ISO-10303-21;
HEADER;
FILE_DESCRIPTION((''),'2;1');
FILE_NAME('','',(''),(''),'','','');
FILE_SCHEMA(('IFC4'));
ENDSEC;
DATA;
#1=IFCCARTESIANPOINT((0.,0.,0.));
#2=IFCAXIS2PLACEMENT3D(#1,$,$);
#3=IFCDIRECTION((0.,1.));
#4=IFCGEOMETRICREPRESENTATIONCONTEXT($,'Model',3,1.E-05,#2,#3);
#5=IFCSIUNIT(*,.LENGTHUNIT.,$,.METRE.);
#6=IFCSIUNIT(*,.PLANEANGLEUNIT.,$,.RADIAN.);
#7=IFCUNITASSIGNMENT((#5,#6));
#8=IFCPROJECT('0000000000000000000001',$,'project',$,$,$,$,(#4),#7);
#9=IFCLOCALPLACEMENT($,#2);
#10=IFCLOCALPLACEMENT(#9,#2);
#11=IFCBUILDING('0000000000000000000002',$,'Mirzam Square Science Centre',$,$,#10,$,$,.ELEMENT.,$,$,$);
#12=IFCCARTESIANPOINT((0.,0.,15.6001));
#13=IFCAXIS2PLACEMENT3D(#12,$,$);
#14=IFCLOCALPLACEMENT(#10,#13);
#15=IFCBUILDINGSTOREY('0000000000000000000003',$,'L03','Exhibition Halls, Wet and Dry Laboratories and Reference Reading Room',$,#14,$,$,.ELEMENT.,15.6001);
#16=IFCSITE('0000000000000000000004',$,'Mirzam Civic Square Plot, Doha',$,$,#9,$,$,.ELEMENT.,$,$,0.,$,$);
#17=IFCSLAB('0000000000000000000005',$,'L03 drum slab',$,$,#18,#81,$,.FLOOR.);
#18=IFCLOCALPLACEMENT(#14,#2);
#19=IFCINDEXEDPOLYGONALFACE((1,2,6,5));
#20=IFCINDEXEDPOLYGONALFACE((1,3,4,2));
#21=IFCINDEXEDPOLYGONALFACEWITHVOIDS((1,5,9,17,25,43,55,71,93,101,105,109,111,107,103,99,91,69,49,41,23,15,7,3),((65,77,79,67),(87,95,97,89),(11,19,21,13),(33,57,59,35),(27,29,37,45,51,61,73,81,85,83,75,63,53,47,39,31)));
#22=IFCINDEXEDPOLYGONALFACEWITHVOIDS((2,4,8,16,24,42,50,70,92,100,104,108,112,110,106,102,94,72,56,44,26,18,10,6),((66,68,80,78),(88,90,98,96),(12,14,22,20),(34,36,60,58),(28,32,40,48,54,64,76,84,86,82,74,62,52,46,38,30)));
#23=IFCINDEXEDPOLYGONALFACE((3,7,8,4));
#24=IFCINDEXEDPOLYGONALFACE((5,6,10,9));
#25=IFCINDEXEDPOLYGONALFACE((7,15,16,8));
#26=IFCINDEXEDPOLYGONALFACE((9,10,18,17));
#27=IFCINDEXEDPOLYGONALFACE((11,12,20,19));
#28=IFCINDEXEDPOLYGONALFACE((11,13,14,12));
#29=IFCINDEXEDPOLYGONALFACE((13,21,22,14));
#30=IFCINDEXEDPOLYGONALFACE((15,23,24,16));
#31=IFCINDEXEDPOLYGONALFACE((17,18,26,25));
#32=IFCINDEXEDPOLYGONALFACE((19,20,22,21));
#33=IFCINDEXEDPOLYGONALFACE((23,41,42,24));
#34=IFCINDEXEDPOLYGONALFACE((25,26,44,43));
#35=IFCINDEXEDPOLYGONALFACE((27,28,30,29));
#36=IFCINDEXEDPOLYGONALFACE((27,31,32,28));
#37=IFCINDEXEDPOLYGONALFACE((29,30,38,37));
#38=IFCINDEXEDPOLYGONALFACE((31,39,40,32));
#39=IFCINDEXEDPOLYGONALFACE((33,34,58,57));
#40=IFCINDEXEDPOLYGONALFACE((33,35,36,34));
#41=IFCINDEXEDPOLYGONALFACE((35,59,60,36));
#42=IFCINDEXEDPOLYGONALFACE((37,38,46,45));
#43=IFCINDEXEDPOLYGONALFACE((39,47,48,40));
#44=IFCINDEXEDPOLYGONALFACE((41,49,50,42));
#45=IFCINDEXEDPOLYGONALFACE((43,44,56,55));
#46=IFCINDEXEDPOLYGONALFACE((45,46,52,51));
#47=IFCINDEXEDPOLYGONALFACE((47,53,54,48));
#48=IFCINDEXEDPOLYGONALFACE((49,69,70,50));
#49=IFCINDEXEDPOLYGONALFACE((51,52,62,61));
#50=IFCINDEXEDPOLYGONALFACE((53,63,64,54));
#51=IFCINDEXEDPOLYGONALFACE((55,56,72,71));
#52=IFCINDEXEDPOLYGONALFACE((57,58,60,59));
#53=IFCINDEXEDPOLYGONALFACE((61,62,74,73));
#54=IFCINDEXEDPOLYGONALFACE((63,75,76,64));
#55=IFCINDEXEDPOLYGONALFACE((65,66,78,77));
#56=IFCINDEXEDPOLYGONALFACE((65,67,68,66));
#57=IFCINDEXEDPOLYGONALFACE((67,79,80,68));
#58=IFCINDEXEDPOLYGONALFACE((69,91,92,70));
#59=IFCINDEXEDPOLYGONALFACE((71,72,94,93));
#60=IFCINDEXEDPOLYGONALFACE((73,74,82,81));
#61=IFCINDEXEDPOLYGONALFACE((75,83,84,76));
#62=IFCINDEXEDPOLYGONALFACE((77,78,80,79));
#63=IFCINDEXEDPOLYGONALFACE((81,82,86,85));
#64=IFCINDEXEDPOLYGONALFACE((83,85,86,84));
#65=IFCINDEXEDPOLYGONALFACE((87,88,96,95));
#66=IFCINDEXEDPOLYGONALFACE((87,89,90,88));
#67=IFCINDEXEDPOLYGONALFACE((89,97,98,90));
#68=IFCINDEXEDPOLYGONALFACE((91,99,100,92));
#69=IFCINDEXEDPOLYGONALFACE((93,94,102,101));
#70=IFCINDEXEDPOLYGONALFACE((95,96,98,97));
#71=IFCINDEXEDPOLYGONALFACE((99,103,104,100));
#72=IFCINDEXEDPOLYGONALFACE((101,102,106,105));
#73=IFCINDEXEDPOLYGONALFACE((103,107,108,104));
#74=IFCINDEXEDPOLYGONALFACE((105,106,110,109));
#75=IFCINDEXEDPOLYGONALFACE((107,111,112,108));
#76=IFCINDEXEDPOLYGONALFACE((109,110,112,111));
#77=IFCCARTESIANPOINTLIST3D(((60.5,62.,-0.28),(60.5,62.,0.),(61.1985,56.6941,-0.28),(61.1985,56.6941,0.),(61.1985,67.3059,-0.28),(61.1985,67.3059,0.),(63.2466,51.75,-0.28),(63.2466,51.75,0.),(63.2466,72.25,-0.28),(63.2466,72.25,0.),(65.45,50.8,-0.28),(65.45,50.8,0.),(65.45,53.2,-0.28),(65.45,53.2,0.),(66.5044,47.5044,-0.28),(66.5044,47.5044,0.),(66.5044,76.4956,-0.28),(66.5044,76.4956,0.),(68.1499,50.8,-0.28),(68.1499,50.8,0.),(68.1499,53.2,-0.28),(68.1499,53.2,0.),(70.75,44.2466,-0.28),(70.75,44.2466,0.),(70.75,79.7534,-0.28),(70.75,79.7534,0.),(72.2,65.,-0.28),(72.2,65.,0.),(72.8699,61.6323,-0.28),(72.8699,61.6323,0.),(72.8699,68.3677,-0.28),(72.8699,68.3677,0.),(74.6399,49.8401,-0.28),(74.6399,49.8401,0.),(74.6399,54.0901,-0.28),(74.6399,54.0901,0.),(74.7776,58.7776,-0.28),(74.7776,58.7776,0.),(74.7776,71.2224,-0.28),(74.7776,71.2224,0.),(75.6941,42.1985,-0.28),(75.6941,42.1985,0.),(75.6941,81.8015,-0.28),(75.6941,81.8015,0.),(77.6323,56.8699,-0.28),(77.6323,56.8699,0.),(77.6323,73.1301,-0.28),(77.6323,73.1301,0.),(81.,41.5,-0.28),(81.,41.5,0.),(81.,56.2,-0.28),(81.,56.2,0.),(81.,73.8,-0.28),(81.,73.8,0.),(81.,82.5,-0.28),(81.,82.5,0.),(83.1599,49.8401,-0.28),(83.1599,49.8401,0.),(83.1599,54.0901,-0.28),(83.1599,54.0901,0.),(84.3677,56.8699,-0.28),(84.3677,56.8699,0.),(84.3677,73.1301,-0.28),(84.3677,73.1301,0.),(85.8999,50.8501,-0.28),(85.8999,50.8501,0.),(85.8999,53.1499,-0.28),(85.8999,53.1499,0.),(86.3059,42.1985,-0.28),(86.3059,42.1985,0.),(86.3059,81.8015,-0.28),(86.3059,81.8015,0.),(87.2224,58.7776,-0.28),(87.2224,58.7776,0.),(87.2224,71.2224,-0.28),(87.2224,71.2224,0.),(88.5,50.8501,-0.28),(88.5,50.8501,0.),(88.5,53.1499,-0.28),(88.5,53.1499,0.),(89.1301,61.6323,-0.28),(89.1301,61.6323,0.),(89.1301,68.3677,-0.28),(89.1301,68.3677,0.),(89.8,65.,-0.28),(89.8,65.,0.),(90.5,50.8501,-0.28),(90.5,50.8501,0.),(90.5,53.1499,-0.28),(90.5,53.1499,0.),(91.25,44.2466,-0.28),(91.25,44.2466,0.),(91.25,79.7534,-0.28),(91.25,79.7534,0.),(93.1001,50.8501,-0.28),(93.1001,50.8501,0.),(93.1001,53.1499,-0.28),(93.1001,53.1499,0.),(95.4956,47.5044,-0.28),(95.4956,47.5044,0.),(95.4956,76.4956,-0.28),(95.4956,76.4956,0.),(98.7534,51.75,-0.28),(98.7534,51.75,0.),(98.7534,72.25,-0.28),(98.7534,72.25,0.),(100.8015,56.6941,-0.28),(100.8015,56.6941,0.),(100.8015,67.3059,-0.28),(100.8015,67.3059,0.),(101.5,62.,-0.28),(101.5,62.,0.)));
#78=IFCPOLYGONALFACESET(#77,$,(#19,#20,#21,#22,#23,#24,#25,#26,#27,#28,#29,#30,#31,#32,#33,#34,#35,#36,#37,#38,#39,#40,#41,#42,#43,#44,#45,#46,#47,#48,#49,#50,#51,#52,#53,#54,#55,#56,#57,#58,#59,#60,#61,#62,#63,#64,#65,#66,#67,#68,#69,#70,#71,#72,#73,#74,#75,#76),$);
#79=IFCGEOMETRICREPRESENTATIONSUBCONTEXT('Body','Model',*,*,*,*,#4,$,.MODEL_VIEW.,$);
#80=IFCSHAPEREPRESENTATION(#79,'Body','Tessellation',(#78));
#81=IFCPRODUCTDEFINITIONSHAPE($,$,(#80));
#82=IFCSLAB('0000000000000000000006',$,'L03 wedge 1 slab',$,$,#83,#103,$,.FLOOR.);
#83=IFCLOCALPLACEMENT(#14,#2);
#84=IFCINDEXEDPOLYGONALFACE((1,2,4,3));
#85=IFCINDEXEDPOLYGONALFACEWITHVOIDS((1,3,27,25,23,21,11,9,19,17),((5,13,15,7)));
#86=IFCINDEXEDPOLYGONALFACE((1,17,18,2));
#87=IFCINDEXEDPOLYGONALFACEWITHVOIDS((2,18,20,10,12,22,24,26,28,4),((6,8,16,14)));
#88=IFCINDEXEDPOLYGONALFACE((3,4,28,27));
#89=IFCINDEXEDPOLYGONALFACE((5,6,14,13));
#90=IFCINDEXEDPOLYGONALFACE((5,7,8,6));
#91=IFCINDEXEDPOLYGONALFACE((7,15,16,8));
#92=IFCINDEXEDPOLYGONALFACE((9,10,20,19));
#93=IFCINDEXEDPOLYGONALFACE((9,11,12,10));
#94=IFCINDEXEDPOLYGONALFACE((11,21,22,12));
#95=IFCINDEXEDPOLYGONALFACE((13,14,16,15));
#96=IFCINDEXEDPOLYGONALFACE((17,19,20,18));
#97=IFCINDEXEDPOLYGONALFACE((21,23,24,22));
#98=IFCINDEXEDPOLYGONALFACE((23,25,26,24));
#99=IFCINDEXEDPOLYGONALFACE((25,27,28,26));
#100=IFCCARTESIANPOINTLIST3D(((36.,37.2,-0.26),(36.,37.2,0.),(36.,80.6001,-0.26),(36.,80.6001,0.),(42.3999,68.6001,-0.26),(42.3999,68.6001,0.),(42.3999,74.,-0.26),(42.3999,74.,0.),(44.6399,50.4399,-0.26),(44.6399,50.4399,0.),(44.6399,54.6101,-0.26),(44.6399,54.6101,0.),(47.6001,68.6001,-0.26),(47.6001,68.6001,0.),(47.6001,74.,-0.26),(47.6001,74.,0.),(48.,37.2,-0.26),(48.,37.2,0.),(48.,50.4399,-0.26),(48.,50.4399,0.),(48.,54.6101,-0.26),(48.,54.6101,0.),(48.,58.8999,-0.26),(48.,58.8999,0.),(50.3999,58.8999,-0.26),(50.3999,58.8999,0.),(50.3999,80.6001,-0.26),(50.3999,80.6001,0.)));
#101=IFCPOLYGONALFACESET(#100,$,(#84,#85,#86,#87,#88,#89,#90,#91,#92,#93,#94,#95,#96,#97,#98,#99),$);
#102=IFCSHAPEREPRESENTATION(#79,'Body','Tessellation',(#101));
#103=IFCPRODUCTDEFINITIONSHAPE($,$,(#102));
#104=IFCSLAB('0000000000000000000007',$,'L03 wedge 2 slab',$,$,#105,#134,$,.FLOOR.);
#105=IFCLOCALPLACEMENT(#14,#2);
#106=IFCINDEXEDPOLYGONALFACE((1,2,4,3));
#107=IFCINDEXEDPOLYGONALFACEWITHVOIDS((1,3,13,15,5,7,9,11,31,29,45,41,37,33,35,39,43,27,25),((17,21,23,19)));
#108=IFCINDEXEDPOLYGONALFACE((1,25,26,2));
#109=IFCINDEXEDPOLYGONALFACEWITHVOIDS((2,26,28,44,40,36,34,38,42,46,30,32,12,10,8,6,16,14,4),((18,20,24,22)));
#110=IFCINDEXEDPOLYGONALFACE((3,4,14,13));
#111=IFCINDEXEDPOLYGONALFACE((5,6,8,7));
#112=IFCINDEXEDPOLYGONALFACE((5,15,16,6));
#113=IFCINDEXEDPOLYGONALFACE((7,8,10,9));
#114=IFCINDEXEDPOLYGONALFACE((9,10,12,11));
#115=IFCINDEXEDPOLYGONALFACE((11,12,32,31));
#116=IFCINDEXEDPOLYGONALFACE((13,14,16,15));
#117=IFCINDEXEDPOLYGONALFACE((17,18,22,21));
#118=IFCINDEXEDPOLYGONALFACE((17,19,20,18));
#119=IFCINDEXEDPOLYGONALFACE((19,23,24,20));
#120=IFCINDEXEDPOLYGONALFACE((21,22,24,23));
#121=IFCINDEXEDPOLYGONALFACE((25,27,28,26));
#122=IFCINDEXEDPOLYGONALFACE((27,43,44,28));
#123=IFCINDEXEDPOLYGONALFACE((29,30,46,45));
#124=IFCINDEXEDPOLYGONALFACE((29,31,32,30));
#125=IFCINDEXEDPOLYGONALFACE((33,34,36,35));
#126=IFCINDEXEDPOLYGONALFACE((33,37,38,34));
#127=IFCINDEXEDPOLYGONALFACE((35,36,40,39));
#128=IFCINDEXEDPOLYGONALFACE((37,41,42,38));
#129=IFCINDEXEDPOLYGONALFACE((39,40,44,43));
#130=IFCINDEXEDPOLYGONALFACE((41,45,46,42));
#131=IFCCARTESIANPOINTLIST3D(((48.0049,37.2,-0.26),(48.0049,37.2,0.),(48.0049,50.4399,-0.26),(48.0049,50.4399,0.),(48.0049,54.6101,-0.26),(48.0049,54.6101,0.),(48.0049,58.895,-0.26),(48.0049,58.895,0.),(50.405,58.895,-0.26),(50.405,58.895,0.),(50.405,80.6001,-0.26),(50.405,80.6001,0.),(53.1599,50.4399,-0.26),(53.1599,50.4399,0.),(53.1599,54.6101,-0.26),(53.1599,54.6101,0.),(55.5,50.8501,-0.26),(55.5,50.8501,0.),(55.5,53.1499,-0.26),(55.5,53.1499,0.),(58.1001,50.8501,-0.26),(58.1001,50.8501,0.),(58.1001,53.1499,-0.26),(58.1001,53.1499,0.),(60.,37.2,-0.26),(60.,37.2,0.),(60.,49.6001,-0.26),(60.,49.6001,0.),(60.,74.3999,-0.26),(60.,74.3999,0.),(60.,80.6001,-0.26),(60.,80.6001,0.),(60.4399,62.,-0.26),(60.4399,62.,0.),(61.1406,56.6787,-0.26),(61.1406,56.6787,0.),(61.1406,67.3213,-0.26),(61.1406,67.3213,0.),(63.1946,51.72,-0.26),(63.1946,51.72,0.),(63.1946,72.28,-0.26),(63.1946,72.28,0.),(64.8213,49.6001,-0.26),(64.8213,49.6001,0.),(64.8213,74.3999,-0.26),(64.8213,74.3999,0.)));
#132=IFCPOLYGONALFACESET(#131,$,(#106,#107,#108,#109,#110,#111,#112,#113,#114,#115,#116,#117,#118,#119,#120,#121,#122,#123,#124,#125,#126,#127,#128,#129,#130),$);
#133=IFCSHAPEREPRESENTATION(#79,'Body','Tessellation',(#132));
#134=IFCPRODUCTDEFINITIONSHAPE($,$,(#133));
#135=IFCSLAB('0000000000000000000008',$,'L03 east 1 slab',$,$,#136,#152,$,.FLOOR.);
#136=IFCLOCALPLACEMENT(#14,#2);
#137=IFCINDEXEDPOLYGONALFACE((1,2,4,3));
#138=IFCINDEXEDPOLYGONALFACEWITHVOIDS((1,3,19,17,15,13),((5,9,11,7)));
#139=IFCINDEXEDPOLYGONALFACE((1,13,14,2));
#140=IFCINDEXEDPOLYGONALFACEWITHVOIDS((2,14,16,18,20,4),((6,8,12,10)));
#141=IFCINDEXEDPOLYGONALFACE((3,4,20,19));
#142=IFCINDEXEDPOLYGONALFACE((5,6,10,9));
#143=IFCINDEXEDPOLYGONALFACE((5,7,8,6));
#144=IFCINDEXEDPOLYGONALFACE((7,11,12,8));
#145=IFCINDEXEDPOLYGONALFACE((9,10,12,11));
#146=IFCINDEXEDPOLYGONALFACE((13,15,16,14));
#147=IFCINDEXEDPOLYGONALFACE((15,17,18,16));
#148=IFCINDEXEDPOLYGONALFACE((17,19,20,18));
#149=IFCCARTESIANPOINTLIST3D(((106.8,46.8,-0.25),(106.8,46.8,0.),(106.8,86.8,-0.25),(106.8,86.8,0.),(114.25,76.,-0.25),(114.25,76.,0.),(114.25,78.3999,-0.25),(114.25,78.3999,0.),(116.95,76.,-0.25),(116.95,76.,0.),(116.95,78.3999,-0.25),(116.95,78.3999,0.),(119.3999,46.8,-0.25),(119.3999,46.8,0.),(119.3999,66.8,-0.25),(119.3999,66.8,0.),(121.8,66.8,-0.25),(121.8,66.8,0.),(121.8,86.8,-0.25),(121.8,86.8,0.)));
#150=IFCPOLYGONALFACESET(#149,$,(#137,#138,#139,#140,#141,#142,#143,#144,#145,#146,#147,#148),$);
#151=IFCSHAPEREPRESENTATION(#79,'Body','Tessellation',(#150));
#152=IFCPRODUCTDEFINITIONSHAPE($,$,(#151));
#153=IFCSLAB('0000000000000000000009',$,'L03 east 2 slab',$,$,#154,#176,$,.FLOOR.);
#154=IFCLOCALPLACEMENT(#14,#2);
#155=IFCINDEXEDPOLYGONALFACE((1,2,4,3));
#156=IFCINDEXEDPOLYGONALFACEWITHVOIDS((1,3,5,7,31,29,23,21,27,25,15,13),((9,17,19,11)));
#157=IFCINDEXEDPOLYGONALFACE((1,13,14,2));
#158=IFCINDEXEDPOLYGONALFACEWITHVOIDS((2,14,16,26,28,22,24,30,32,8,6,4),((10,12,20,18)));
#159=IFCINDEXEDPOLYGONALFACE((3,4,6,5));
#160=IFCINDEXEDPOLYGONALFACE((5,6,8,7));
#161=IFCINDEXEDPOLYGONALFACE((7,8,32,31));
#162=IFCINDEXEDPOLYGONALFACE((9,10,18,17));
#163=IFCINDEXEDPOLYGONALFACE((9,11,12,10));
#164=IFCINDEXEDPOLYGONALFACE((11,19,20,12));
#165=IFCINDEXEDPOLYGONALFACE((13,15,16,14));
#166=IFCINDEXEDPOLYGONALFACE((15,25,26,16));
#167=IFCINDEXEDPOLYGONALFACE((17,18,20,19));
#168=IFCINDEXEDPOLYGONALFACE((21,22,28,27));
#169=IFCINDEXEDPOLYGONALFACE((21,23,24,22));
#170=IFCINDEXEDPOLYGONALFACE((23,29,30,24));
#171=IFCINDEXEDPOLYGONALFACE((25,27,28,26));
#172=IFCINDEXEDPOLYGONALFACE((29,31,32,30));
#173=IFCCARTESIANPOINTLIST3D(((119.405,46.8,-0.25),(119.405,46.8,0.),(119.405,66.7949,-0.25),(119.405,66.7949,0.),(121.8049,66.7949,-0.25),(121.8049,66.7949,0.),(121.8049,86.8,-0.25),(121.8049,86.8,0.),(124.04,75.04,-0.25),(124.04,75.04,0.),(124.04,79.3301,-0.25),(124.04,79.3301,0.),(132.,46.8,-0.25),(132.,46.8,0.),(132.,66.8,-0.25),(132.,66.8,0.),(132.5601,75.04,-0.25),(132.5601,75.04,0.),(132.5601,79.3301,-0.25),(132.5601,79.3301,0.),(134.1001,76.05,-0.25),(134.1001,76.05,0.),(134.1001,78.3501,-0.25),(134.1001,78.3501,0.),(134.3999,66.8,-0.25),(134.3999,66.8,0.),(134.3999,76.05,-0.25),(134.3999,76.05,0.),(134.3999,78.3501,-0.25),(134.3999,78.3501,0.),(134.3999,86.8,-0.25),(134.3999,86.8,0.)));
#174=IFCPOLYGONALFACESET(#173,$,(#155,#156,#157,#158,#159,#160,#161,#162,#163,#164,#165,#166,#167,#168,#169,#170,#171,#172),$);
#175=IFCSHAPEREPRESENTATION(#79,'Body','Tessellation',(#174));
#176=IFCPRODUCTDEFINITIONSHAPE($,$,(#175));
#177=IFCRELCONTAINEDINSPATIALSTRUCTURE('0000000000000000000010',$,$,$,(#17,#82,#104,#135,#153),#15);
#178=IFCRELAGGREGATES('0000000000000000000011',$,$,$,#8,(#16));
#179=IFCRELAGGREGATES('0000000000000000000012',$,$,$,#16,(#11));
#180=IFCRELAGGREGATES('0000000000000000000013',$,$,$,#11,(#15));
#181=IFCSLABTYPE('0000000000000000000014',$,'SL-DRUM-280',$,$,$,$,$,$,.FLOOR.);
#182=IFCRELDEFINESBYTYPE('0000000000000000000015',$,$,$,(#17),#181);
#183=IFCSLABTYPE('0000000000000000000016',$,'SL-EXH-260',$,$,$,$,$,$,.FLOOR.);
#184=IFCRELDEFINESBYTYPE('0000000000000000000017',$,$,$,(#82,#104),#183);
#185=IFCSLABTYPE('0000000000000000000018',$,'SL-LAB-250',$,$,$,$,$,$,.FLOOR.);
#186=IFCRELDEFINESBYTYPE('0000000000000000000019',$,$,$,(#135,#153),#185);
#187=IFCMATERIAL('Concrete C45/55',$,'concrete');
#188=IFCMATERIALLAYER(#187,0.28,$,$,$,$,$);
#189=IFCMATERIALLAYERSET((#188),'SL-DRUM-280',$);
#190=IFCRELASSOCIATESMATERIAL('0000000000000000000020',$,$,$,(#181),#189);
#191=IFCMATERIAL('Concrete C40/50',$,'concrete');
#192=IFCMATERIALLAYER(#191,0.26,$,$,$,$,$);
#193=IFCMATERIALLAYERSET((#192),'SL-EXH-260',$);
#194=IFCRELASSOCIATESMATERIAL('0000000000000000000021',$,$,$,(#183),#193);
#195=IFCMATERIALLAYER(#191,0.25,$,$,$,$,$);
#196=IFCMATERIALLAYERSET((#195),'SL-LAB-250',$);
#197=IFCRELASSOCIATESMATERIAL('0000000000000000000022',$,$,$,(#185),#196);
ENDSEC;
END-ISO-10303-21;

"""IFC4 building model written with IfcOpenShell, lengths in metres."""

from ifc_helpers import new_model, si_unit, direction, frame, origin, place, context, subcontext, project, spatial, polyline, outline, extrude, material, layer, layer_set, type_object, element, save


model = new_model("IFC4")

# Units and contexts
model_context = context("Model", 3, precision=1e-05, world=origin(), true_north=direction((0.0, 1.0)))
body_context = subcontext(model_context, "Body", "Model", "MODEL_VIEW")
ifc_project = project(units=[si_unit("LENGTHUNIT", "METRE"), si_unit("PLANEANGLEUNIT", "RADIAN")], contexts=[model_context])

# Site, building, storey
site_placement = place(None, origin())
site = spatial("IfcSite", under=ifc_project, at=site_placement, Name="Mirzam Civic Square Plot, Doha", CompositionType="ELEMENT", RefElevation=0.0)
building_placement = place(site_placement, origin())
building = spatial("IfcBuilding", under=site, at=building_placement, Name="Mirzam Square Science Centre", CompositionType="ELEMENT")
storey_placement = place(building_placement, frame((0.0, 0.0, 15.6001)))
storey = spatial("IfcBuildingStorey", under=building, at=storey_placement, Name="L03", Description="Exhibition Halls, Wet and Dry Laboratories and Reference Reading Room", CompositionType="ELEMENT", Elevation=15.6001)

# Slabs
ifc_material_1 = material(Name="Concrete C45/55", Category="concrete")
ifc_layer_1 = layer(ifc_material_1, 0.28)
ifc_layer_set_1 = layer_set([ifc_layer_1], Name="SL-DRUM-280")
slab_type_1 = type_object("IfcSlabType", Name="SL-DRUM-280", PredefinedType="FLOOR", material=ifc_layer_set_1)
slab_1_placement = place(storey_placement, frame((0.0, 0.0, -0.28)))
element("IfcSlab", 1, at=slab_1_placement, inside=storey, type_object=slab_type_1, Name="L03 drum slab", PredefinedType="FLOOR", context=body_context, shape_type="SweptSolid", body=[
    extrude(outline(polyline([(100.8015, 56.6941), (98.7534, 51.75), (95.4956, 47.5044), (91.25, 44.2466), (86.3059, 42.1985), (81.0, 41.5), (75.6941, 42.1985), (70.75, 44.2466), (66.5044, 47.5044), (63.2466, 51.75), (61.1985, 56.6941), (60.5, 62.0), (61.1985, 67.3059), (63.2466, 72.25), (66.5044, 76.4956), (70.75, 79.7534), (75.6941, 81.8015), (81.0, 82.5), (86.3059, 81.8015), (91.25, 79.7534), (95.4956, 76.4956), (98.7534, 72.25), (100.8015, 67.3059), (101.5, 62.0), (100.8015, 56.6941)]), holes=[polyline([(83.1599, 54.0901), (74.6399, 54.0901), (74.6399, 49.8401), (83.1599, 49.8401), (83.1599, 54.0901)]), polyline([(68.1499, 50.8), (68.1499, 53.2), (65.45, 53.2), (65.45, 50.8), (68.1499, 50.8)]), polyline([(88.5, 53.1499), (85.8999, 53.1499), (85.8999, 50.8501), (88.5, 50.8501), (88.5, 53.1499)]), polyline([(84.3677, 56.8699), (87.2224, 58.7776), (89.1301, 61.6323), (89.8, 65.0), (89.1301, 68.3677), (87.2224, 71.2224), (84.3677, 73.1301), (81.0, 73.8), (77.6323, 73.1301), (74.7776, 71.2224), (72.8699, 68.3677), (72.2, 65.0), (72.8699, 61.6323), (74.7776, 58.7776), (77.6323, 56.8699), (81.0, 56.2), (84.3677, 56.8699)]), polyline([(93.1001, 50.8501), (93.1001, 53.1499), (90.5, 53.1499), (90.5, 50.8501), (93.1001, 50.8501)])]), origin(), (0.0, 0.0, 1.0), 0.28),
])
ifc_material_2 = material(Name="Concrete C40/50", Category="concrete")
ifc_layer_2 = layer(ifc_material_2, 0.26)
ifc_layer_set_2 = layer_set([ifc_layer_2], Name="SL-EXH-260")
slab_type_2 = type_object("IfcSlabType", Name="SL-EXH-260", PredefinedType="FLOOR", material=ifc_layer_set_2)
slab_2_placement = place(storey_placement, frame((0.0, 0.0, -0.26)))
element("IfcSlab", 2, at=slab_2_placement, inside=storey, type_object=slab_type_2, Name="L03 wedge 1 slab", PredefinedType="FLOOR", context=body_context, shape_type="SweptSolid", body=[
    extrude(outline(polyline([(36.0, 37.2), (36.0, 80.6001), (50.3999, 80.6001), (50.3999, 58.8999), (48.0, 58.8999), (48.0, 54.6101), (44.6399, 54.6101), (44.6399, 50.4399), (48.0, 50.4399), (48.0, 37.2), (36.0, 37.2)]), holes=[polyline([(42.3999, 74.0), (42.3999, 68.6001), (47.6001, 68.6001), (47.6001, 74.0), (42.3999, 74.0)])]), origin(), (0.0, 0.0, 1.0), 0.26),
])
slab_3_placement = place(storey_placement, frame((0.0, 0.0, -0.26)))
element("IfcSlab", 3, at=slab_3_placement, inside=storey, type_object=slab_type_2, Name="L03 wedge 2 slab", PredefinedType="FLOOR", context=body_context, shape_type="SweptSolid", body=[
    extrude(outline(polyline([(53.1599, 50.4399), (53.1599, 54.6101), (48.0049, 54.6101), (48.0049, 58.895), (50.405, 58.895), (50.405, 80.6001), (60.0, 80.6001), (60.0, 74.3999), (64.8213, 74.3999), (63.1946, 72.28), (61.1406, 67.3213), (60.4399, 62.0), (61.1406, 56.6787), (63.1946, 51.72), (64.8213, 49.6001), (60.0, 49.6001), (60.0, 37.2), (48.0049, 37.2), (48.0049, 50.4399), (53.1599, 50.4399)]), holes=[polyline([(58.1001, 53.1499), (55.5, 53.1499), (55.5, 50.8501), (58.1001, 50.8501), (58.1001, 53.1499)])]), origin(), (0.0, 0.0, 1.0), 0.26),
])
ifc_layer_3 = layer(ifc_material_2, 0.25)
ifc_layer_set_3 = layer_set([ifc_layer_3], Name="SL-LAB-250")
slab_type_3 = type_object("IfcSlabType", Name="SL-LAB-250", PredefinedType="FLOOR", material=ifc_layer_set_3)
slab_4_placement = place(storey_placement, frame((0.0, 0.0, -0.25)))
element("IfcSlab", 4, at=slab_4_placement, inside=storey, type_object=slab_type_3, Name="L03 east 1 slab", PredefinedType="FLOOR", context=body_context, shape_type="SweptSolid", body=[
    extrude(outline(polyline([(106.8, 86.8), (121.8, 86.8), (121.8, 66.8), (119.3999, 66.8), (119.3999, 46.8), (106.8, 46.8), (106.8, 86.8)]), holes=[polyline([(116.95, 78.3999), (114.25, 78.3999), (114.25, 76.0), (116.95, 76.0), (116.95, 78.3999)])]), origin(), (0.0, 0.0, 1.0), 0.25),
])
slab_5_placement = place(storey_placement, frame((0.0, 0.0, -0.25)))
element("IfcSlab", 5, at=slab_5_placement, inside=storey, type_object=slab_type_3, Name="L03 east 2 slab", PredefinedType="FLOOR", context=body_context, shape_type="SweptSolid", body=[
    extrude(outline(polyline([(132.0, 66.8), (132.0, 46.8), (119.405, 46.8), (119.405, 66.7949), (121.8049, 66.7949), (121.8049, 86.8), (134.3999, 86.8), (134.3999, 78.3501), (134.1001, 78.3501), (134.1001, 76.05), (134.3999, 76.05), (134.3999, 66.8), (132.0, 66.8)]), holes=[polyline([(132.5601, 79.3301), (124.04, 79.3301), (124.04, 75.04), (132.5601, 75.04), (132.5601, 79.3301)])]), origin(), (0.0, 0.0, 1.0), 0.25),
])

save(model, "model.ifc")
